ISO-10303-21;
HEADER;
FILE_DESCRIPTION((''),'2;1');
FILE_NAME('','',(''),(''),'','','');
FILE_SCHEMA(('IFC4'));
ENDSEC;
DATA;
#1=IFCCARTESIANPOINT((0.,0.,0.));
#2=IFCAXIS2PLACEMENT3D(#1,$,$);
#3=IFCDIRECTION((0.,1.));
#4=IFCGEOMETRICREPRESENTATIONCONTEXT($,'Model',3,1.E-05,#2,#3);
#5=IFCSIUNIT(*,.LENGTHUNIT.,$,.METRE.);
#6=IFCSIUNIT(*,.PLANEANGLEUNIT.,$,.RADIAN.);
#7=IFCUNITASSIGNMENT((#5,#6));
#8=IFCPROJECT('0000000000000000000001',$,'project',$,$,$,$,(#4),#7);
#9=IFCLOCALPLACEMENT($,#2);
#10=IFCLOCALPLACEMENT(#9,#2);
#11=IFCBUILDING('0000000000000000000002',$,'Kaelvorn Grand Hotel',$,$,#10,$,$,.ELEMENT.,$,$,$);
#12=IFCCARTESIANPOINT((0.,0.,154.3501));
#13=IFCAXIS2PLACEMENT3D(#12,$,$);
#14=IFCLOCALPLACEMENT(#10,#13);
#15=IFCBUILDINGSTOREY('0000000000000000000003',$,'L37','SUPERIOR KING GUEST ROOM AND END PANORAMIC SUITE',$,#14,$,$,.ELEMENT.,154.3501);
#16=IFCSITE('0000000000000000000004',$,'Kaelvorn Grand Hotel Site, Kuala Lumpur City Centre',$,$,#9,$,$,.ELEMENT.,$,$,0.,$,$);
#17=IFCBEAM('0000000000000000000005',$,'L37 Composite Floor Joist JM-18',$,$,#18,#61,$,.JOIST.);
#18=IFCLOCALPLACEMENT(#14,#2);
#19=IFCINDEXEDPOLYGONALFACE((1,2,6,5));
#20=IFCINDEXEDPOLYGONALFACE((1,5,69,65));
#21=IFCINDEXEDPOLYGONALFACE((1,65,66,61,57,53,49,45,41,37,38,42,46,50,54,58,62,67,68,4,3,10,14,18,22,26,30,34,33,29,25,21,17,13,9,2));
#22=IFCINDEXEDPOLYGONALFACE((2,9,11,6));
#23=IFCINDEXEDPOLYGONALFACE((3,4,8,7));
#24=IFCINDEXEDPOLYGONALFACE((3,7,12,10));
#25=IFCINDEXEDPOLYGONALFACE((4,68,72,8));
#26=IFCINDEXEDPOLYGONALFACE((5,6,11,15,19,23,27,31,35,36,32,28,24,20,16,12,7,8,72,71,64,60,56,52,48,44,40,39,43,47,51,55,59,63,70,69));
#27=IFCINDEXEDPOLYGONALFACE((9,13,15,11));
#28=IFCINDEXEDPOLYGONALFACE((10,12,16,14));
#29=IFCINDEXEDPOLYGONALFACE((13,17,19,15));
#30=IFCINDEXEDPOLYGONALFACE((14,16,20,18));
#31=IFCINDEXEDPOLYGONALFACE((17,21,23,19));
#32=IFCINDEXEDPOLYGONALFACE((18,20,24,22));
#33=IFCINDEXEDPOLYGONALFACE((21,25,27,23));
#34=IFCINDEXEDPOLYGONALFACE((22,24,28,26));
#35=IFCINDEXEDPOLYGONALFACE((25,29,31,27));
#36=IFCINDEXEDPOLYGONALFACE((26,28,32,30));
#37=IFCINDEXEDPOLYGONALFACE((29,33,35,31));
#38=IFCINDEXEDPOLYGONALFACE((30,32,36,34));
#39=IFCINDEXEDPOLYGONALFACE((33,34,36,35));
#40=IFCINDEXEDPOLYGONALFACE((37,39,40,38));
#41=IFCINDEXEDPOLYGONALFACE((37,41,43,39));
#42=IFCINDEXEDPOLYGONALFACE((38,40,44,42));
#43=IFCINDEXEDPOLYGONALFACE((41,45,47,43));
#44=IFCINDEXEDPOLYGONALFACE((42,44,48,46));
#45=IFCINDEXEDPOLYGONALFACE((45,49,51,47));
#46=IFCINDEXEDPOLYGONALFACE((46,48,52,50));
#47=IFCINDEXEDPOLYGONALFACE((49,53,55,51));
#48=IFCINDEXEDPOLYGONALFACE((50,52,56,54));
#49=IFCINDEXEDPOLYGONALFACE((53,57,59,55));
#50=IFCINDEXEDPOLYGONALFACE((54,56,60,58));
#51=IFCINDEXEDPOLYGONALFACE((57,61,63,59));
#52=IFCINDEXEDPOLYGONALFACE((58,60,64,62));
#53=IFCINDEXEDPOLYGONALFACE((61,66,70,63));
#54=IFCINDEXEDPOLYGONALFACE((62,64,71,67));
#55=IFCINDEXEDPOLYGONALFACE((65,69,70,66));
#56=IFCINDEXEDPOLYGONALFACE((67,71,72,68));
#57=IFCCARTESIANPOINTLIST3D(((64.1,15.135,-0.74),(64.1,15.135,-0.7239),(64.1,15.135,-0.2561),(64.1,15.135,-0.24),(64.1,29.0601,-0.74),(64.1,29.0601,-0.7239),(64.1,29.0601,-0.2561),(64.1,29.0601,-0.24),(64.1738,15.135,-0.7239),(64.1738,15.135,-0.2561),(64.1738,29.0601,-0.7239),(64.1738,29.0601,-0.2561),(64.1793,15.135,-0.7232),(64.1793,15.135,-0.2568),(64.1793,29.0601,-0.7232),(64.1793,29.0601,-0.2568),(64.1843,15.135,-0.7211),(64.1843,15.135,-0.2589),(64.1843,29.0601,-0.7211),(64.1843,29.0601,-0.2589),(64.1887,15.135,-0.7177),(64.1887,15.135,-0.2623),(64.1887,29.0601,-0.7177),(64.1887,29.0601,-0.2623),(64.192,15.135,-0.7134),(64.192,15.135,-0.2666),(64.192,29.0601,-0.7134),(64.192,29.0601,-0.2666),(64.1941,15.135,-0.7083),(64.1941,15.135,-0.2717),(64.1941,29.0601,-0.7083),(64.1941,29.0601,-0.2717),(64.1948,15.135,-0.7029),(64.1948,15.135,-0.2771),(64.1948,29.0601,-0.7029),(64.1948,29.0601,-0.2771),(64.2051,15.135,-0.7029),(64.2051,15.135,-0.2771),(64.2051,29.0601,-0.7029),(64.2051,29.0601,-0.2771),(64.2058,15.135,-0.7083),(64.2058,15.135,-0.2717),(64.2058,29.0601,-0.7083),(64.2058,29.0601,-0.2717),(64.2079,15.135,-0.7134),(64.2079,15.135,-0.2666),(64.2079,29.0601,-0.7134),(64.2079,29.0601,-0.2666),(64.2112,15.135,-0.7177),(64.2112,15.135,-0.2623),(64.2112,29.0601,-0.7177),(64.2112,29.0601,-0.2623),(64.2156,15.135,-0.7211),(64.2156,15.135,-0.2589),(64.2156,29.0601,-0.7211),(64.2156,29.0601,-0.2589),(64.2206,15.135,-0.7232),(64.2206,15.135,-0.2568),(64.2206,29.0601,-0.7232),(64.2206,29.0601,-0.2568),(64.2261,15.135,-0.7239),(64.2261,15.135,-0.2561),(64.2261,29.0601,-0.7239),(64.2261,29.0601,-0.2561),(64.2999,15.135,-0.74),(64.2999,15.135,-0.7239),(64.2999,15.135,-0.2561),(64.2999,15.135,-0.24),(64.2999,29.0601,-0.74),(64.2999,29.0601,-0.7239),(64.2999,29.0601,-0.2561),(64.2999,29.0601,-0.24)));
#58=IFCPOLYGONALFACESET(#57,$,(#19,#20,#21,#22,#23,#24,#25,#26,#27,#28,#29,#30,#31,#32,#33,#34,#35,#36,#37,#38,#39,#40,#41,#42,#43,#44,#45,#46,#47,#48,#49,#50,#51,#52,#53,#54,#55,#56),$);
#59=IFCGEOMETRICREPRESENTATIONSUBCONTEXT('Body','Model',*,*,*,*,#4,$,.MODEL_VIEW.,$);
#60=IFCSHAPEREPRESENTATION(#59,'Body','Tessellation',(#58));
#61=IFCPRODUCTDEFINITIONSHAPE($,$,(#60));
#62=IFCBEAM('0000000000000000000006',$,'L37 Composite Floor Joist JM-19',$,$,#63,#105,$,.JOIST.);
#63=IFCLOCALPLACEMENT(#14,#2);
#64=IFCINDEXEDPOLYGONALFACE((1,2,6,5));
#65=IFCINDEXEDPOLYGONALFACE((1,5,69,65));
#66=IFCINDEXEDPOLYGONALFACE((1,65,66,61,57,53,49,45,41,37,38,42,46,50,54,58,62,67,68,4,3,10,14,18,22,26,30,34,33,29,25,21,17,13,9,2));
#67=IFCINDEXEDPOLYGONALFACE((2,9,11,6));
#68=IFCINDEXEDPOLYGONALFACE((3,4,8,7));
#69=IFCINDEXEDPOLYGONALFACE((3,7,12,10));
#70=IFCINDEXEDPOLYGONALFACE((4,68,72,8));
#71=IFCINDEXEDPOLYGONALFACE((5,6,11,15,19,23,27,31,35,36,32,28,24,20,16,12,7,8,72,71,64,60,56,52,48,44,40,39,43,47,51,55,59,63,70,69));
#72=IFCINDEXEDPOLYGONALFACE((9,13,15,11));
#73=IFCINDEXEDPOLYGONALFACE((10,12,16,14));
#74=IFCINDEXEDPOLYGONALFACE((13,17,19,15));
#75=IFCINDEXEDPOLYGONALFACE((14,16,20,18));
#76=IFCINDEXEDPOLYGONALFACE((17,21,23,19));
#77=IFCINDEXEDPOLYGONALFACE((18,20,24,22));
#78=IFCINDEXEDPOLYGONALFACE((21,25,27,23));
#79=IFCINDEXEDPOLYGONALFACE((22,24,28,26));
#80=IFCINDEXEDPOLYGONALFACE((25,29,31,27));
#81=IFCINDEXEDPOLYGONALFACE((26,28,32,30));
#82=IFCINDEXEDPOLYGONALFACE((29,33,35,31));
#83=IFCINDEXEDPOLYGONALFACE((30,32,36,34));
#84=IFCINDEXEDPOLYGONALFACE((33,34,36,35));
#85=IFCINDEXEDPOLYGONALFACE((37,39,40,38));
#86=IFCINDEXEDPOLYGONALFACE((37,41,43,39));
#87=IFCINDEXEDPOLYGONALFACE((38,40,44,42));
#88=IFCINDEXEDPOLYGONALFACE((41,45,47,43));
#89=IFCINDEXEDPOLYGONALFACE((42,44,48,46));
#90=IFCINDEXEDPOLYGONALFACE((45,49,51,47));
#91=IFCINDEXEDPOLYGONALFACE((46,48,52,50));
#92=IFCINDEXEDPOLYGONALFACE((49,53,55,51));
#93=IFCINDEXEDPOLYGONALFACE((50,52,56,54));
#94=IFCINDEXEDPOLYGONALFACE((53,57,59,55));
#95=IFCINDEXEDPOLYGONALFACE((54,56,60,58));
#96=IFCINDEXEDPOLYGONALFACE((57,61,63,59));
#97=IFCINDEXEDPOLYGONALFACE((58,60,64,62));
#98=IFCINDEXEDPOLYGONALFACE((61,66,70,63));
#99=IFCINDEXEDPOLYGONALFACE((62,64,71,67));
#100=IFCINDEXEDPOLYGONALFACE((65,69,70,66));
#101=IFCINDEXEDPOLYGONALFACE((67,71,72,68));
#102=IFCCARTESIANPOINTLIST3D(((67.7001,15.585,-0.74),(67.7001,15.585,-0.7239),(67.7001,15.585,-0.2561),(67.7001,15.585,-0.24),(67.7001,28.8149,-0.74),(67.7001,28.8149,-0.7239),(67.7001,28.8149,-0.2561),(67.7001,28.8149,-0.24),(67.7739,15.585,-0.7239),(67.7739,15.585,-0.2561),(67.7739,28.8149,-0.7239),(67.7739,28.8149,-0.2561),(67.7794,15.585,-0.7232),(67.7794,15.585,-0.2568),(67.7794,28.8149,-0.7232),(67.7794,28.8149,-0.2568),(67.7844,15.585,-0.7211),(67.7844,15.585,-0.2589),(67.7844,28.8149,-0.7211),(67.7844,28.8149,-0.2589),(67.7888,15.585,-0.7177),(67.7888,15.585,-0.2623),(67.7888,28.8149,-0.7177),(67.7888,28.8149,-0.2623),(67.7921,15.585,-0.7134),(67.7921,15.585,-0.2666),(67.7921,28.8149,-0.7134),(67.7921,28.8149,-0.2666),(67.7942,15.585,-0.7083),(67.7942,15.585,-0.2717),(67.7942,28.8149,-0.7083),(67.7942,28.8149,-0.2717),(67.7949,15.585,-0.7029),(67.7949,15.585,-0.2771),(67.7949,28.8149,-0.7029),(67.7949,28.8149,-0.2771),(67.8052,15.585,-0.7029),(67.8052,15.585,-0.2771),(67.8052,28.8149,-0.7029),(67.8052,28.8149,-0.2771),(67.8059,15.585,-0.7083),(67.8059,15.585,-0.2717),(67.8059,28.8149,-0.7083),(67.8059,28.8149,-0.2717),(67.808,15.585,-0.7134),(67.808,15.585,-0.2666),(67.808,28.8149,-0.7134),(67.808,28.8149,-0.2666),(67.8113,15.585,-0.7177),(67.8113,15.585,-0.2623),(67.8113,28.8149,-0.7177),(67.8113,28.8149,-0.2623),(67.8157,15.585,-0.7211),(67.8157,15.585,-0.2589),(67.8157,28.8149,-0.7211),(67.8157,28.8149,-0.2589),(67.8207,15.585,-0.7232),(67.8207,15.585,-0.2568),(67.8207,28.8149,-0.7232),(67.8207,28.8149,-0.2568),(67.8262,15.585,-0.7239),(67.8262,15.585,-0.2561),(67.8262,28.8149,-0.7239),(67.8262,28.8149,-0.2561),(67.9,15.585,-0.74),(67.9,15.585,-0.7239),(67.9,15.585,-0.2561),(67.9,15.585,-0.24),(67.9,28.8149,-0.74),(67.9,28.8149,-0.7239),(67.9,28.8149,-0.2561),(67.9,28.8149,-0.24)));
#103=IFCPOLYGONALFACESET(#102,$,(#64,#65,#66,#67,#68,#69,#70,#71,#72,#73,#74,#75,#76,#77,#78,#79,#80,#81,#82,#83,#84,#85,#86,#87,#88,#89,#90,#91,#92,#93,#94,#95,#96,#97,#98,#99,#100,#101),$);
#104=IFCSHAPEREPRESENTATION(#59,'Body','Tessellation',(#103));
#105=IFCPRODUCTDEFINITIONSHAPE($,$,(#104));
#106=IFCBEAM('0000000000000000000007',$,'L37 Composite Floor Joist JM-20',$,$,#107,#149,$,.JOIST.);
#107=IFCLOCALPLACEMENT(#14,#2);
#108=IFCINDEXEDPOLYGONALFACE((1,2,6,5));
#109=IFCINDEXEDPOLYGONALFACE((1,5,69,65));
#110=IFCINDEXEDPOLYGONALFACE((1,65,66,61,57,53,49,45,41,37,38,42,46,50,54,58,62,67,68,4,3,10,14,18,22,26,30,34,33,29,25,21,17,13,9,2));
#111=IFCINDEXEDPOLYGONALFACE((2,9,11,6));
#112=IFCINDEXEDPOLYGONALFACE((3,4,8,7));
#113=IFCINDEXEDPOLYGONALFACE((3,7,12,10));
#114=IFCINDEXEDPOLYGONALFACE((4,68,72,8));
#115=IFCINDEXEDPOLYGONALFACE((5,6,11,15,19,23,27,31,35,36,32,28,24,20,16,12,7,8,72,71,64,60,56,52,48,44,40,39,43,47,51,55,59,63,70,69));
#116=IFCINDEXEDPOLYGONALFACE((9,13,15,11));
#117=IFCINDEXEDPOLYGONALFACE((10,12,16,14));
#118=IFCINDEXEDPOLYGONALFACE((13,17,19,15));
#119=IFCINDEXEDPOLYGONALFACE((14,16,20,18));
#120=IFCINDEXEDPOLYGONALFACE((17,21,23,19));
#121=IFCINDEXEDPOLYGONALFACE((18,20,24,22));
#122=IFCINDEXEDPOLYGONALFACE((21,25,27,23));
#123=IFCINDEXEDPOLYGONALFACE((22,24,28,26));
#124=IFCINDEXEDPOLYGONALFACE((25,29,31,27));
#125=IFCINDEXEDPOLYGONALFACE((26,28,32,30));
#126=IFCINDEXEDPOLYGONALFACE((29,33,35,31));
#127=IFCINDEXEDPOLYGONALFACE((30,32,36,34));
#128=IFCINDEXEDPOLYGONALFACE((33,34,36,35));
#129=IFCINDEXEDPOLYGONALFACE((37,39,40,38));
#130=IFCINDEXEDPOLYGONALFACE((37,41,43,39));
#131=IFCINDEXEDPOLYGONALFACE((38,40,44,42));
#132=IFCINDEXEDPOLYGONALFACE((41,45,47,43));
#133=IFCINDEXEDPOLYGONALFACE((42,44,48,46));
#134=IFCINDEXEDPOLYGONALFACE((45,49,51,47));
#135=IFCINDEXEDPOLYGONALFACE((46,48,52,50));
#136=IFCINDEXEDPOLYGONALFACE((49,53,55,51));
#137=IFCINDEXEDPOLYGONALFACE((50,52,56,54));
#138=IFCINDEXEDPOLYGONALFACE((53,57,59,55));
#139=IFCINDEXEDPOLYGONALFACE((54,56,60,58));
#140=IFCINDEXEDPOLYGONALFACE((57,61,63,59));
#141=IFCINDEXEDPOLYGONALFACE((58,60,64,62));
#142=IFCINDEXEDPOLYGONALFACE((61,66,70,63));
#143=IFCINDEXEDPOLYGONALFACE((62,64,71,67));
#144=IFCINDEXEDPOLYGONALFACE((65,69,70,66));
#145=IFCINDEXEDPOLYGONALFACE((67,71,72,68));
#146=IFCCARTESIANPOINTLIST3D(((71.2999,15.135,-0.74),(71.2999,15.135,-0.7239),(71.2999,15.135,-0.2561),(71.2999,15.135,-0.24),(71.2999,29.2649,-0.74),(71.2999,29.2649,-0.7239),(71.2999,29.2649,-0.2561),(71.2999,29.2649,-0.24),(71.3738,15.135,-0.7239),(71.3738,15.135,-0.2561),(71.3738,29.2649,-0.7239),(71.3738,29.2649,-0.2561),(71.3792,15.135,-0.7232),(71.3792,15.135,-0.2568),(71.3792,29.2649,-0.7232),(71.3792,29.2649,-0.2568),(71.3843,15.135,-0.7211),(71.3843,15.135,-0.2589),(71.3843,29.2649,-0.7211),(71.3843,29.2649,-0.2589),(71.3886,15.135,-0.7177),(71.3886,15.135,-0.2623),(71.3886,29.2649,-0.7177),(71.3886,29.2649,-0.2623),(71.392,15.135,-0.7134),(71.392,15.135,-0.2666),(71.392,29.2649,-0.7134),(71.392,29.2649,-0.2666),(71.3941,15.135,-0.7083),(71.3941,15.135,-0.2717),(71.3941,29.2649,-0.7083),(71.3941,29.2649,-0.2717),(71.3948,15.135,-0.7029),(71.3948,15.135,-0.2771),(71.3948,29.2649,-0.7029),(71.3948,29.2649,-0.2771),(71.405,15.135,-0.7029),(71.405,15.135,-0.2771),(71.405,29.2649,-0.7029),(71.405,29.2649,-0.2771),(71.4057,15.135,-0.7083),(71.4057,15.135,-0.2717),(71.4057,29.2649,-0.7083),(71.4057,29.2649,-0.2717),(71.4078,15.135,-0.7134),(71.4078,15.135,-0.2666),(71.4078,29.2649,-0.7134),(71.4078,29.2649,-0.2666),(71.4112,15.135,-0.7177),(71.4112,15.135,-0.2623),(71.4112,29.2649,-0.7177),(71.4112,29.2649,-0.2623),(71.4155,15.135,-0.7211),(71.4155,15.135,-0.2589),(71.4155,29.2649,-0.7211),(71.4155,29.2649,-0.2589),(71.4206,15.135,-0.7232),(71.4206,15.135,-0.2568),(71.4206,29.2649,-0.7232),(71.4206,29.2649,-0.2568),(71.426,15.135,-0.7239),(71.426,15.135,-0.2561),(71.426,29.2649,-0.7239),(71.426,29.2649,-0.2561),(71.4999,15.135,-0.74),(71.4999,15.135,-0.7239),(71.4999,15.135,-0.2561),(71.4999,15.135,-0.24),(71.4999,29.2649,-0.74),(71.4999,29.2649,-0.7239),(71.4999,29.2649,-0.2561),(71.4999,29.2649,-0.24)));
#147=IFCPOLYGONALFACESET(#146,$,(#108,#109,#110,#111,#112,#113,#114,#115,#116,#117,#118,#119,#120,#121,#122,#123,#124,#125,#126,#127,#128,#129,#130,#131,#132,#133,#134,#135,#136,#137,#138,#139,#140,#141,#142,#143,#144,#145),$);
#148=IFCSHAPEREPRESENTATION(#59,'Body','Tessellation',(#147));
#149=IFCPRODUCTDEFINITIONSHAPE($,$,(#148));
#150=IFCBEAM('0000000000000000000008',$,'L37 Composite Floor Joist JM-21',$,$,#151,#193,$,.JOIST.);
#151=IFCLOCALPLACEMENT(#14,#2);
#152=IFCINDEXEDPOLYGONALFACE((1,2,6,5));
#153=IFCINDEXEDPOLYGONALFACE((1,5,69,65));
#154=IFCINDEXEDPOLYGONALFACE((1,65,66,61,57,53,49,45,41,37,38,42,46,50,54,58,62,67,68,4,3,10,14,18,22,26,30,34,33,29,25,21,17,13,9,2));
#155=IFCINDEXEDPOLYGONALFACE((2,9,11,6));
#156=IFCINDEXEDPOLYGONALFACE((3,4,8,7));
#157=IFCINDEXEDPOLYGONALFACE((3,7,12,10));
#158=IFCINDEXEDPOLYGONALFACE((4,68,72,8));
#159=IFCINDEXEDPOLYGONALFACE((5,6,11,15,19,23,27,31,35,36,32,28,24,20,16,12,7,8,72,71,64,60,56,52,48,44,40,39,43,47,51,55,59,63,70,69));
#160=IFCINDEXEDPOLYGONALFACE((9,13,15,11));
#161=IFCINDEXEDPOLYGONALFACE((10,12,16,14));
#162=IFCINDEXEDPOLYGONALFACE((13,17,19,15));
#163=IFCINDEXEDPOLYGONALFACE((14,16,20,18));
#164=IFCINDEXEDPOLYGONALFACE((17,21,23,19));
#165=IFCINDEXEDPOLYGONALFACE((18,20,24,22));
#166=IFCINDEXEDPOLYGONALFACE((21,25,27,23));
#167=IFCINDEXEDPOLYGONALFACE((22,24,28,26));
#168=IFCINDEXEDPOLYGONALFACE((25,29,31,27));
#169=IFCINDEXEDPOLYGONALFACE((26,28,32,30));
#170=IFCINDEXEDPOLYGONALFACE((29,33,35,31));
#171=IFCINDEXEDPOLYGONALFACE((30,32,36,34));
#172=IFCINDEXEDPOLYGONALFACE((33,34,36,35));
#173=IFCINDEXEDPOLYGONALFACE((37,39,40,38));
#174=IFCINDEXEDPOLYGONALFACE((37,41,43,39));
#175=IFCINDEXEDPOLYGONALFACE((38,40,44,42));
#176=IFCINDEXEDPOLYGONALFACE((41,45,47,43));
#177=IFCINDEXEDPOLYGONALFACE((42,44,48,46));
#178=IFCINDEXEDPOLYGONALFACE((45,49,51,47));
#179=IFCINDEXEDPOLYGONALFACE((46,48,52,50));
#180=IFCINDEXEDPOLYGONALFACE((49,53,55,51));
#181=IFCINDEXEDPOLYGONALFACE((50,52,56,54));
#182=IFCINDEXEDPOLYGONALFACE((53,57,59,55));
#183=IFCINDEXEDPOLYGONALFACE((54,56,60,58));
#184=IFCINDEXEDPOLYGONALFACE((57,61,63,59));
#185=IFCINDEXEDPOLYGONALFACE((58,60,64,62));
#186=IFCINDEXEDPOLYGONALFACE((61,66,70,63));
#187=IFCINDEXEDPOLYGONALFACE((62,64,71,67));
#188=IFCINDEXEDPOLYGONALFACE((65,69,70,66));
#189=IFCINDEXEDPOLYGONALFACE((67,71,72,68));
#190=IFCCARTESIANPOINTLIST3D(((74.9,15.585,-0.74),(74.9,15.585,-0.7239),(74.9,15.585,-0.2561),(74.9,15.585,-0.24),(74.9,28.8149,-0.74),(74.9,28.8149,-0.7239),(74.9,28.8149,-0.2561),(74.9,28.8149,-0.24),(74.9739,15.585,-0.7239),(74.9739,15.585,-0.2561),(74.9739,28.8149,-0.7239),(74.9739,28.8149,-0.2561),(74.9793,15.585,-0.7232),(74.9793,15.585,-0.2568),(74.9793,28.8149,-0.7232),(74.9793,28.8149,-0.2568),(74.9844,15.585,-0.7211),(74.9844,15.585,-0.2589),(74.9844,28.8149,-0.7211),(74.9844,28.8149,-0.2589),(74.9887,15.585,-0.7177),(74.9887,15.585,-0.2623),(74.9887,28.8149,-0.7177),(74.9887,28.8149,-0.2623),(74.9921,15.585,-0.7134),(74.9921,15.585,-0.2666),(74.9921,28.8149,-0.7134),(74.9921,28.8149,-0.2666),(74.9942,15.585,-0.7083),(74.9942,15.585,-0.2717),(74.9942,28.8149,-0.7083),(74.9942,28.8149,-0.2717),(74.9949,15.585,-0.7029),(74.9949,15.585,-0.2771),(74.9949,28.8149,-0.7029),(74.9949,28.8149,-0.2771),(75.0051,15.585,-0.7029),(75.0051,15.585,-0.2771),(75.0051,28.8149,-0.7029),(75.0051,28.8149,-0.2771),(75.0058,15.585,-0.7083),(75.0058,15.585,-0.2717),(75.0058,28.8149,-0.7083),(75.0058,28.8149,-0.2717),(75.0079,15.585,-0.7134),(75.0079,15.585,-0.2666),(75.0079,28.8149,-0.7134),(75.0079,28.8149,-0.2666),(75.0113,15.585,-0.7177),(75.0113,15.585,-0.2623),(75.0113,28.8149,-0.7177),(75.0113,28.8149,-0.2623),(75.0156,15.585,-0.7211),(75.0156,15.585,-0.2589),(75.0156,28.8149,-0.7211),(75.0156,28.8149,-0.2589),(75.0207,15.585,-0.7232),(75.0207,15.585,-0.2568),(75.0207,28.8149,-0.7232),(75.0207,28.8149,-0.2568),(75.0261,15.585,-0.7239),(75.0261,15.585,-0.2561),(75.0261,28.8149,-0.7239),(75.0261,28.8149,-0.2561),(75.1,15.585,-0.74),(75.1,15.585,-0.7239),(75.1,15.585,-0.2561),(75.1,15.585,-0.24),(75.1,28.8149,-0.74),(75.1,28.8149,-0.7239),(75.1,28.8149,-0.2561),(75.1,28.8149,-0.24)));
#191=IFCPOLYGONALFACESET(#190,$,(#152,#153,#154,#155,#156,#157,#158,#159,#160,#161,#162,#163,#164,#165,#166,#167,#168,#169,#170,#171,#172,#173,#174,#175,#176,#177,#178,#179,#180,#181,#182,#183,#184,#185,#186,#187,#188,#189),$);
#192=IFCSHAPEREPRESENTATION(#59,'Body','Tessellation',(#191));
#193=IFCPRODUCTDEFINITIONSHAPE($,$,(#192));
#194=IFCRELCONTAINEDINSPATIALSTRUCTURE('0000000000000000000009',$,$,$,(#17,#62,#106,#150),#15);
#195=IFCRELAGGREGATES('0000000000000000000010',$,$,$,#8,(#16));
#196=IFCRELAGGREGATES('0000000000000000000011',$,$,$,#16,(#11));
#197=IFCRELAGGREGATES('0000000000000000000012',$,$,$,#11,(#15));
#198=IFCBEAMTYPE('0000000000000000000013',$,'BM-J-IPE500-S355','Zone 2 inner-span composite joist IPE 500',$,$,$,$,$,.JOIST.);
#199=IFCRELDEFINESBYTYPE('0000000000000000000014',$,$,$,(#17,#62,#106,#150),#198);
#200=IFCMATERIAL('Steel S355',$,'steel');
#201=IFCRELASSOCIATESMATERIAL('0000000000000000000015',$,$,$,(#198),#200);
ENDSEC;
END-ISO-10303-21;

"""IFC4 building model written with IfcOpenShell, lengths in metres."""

from ifc_helpers import new_model, si_unit, direction, frame, origin, origin_2d, place, context, subcontext, project, spatial, i_section, extrude, material, material_profile, profile_set, type_object, element, save


model = new_model("IFC4")

# Units and contexts
model_context = context("Model", 3, precision=1e-05, world=origin(), true_north=direction((0.0, 1.0)))
body_context = subcontext(model_context, "Body", "Model", "MODEL_VIEW")
ifc_project = project(units=[si_unit("LENGTHUNIT", "METRE"), si_unit("PLANEANGLEUNIT", "RADIAN")], contexts=[model_context])

# Site, building, storey
site_placement = place(None, origin())
site = spatial("IfcSite", under=ifc_project, at=site_placement, Name="Kaelvorn Grand Hotel Site, Kuala Lumpur City Centre", CompositionType="ELEMENT", RefElevation=0.0)
building_placement = place(site_placement, origin())
building = spatial("IfcBuilding", under=site, at=building_placement, Name="Kaelvorn Grand Hotel", CompositionType="ELEMENT")
storey_placement = place(building_placement, frame((0.0, 0.0, 154.3501)))
storey = spatial("IfcBuildingStorey", under=building, at=storey_placement, Name="L37", Description="SUPERIOR KING GUEST ROOM AND END PANORAMIC SUITE", CompositionType="ELEMENT", Elevation=154.3501)

# Beams
ifc_material_1 = material(Name="Steel S355", Category="steel")
ifc_material_profile_1 = material_profile(ifc_material_1, i_section(OverallWidth=0.2, OverallDepth=0.5, WebThickness=0.0103, FlangeThickness=0.0161, FilletRadius=0.021, at=origin_2d()), Name="IPE 500")
ifc_profile_set_1 = profile_set([ifc_material_profile_1], Name="Steel S355")
beam_type_1 = type_object("IfcBeamType", Name="BM-J-IPE500-S355", Description="Zone 2 inner-span composite joist IPE 500", PredefinedType="JOIST", material=ifc_profile_set_1)
beam_1_placement = place(storey_placement, frame((64.2, 15.135, -0.49), z_axis=(0.0, 1.0, 0.0), x_axis=(-1.0, 0.0, 0.0)))
element("IfcBeam", 1, at=beam_1_placement, inside=storey, type_object=beam_type_1, Name="L37 Composite Floor Joist JM-18", PredefinedType="JOIST", context=body_context, shape_type="SweptSolid", body=[
    extrude(i_section(OverallWidth=0.2, OverallDepth=0.5, WebThickness=0.0103, FlangeThickness=0.0161, FilletRadius=0.021, at=origin_2d()), origin(), (0.0, 0.0, 1.0), 13.925),
])
beam_2_placement = place(storey_placement, frame((67.8, 15.585, -0.49), z_axis=(0.0, 1.0, 0.0), x_axis=(-1.0, 0.0, 0.0)))
element("IfcBeam", 2, at=beam_2_placement, inside=storey, type_object=beam_type_1, Name="L37 Composite Floor Joist JM-19", PredefinedType="JOIST", context=body_context, shape_type="SweptSolid", body=[
    extrude(i_section(OverallWidth=0.2, OverallDepth=0.5, WebThickness=0.0103, FlangeThickness=0.0161, FilletRadius=0.021, at=origin_2d()), origin(), (0.0, 0.0, 1.0), 13.23),
])
beam_3_placement = place(storey_placement, frame((71.3999, 15.135, -0.49), z_axis=(0.0, 1.0, 0.0), x_axis=(-1.0, 0.0, 0.0)))
element("IfcBeam", 3, at=beam_3_placement, inside=storey, type_object=beam_type_1, Name="L37 Composite Floor Joist JM-20", PredefinedType="JOIST", context=body_context, shape_type="SweptSolid", body=[
    extrude(i_section(OverallWidth=0.2, OverallDepth=0.5, WebThickness=0.0103, FlangeThickness=0.0161, FilletRadius=0.021, at=origin_2d()), origin(), (0.0, 0.0, 1.0), 14.1299),
])
beam_4_placement = place(storey_placement, frame((75.0, 15.585, -0.49), z_axis=(0.0, 1.0, 0.0), x_axis=(-1.0, 0.0, 0.0)))
element("IfcBeam", 4, at=beam_4_placement, inside=storey, type_object=beam_type_1, Name="L37 Composite Floor Joist JM-21", PredefinedType="JOIST", context=body_context, shape_type="SweptSolid", body=[
    extrude(i_section(OverallWidth=0.2, OverallDepth=0.5, WebThickness=0.0103, FlangeThickness=0.0161, FilletRadius=0.021, at=origin_2d()), origin(), (0.0, 0.0, 1.0), 13.23),
])

save(model, "model.ifc")
